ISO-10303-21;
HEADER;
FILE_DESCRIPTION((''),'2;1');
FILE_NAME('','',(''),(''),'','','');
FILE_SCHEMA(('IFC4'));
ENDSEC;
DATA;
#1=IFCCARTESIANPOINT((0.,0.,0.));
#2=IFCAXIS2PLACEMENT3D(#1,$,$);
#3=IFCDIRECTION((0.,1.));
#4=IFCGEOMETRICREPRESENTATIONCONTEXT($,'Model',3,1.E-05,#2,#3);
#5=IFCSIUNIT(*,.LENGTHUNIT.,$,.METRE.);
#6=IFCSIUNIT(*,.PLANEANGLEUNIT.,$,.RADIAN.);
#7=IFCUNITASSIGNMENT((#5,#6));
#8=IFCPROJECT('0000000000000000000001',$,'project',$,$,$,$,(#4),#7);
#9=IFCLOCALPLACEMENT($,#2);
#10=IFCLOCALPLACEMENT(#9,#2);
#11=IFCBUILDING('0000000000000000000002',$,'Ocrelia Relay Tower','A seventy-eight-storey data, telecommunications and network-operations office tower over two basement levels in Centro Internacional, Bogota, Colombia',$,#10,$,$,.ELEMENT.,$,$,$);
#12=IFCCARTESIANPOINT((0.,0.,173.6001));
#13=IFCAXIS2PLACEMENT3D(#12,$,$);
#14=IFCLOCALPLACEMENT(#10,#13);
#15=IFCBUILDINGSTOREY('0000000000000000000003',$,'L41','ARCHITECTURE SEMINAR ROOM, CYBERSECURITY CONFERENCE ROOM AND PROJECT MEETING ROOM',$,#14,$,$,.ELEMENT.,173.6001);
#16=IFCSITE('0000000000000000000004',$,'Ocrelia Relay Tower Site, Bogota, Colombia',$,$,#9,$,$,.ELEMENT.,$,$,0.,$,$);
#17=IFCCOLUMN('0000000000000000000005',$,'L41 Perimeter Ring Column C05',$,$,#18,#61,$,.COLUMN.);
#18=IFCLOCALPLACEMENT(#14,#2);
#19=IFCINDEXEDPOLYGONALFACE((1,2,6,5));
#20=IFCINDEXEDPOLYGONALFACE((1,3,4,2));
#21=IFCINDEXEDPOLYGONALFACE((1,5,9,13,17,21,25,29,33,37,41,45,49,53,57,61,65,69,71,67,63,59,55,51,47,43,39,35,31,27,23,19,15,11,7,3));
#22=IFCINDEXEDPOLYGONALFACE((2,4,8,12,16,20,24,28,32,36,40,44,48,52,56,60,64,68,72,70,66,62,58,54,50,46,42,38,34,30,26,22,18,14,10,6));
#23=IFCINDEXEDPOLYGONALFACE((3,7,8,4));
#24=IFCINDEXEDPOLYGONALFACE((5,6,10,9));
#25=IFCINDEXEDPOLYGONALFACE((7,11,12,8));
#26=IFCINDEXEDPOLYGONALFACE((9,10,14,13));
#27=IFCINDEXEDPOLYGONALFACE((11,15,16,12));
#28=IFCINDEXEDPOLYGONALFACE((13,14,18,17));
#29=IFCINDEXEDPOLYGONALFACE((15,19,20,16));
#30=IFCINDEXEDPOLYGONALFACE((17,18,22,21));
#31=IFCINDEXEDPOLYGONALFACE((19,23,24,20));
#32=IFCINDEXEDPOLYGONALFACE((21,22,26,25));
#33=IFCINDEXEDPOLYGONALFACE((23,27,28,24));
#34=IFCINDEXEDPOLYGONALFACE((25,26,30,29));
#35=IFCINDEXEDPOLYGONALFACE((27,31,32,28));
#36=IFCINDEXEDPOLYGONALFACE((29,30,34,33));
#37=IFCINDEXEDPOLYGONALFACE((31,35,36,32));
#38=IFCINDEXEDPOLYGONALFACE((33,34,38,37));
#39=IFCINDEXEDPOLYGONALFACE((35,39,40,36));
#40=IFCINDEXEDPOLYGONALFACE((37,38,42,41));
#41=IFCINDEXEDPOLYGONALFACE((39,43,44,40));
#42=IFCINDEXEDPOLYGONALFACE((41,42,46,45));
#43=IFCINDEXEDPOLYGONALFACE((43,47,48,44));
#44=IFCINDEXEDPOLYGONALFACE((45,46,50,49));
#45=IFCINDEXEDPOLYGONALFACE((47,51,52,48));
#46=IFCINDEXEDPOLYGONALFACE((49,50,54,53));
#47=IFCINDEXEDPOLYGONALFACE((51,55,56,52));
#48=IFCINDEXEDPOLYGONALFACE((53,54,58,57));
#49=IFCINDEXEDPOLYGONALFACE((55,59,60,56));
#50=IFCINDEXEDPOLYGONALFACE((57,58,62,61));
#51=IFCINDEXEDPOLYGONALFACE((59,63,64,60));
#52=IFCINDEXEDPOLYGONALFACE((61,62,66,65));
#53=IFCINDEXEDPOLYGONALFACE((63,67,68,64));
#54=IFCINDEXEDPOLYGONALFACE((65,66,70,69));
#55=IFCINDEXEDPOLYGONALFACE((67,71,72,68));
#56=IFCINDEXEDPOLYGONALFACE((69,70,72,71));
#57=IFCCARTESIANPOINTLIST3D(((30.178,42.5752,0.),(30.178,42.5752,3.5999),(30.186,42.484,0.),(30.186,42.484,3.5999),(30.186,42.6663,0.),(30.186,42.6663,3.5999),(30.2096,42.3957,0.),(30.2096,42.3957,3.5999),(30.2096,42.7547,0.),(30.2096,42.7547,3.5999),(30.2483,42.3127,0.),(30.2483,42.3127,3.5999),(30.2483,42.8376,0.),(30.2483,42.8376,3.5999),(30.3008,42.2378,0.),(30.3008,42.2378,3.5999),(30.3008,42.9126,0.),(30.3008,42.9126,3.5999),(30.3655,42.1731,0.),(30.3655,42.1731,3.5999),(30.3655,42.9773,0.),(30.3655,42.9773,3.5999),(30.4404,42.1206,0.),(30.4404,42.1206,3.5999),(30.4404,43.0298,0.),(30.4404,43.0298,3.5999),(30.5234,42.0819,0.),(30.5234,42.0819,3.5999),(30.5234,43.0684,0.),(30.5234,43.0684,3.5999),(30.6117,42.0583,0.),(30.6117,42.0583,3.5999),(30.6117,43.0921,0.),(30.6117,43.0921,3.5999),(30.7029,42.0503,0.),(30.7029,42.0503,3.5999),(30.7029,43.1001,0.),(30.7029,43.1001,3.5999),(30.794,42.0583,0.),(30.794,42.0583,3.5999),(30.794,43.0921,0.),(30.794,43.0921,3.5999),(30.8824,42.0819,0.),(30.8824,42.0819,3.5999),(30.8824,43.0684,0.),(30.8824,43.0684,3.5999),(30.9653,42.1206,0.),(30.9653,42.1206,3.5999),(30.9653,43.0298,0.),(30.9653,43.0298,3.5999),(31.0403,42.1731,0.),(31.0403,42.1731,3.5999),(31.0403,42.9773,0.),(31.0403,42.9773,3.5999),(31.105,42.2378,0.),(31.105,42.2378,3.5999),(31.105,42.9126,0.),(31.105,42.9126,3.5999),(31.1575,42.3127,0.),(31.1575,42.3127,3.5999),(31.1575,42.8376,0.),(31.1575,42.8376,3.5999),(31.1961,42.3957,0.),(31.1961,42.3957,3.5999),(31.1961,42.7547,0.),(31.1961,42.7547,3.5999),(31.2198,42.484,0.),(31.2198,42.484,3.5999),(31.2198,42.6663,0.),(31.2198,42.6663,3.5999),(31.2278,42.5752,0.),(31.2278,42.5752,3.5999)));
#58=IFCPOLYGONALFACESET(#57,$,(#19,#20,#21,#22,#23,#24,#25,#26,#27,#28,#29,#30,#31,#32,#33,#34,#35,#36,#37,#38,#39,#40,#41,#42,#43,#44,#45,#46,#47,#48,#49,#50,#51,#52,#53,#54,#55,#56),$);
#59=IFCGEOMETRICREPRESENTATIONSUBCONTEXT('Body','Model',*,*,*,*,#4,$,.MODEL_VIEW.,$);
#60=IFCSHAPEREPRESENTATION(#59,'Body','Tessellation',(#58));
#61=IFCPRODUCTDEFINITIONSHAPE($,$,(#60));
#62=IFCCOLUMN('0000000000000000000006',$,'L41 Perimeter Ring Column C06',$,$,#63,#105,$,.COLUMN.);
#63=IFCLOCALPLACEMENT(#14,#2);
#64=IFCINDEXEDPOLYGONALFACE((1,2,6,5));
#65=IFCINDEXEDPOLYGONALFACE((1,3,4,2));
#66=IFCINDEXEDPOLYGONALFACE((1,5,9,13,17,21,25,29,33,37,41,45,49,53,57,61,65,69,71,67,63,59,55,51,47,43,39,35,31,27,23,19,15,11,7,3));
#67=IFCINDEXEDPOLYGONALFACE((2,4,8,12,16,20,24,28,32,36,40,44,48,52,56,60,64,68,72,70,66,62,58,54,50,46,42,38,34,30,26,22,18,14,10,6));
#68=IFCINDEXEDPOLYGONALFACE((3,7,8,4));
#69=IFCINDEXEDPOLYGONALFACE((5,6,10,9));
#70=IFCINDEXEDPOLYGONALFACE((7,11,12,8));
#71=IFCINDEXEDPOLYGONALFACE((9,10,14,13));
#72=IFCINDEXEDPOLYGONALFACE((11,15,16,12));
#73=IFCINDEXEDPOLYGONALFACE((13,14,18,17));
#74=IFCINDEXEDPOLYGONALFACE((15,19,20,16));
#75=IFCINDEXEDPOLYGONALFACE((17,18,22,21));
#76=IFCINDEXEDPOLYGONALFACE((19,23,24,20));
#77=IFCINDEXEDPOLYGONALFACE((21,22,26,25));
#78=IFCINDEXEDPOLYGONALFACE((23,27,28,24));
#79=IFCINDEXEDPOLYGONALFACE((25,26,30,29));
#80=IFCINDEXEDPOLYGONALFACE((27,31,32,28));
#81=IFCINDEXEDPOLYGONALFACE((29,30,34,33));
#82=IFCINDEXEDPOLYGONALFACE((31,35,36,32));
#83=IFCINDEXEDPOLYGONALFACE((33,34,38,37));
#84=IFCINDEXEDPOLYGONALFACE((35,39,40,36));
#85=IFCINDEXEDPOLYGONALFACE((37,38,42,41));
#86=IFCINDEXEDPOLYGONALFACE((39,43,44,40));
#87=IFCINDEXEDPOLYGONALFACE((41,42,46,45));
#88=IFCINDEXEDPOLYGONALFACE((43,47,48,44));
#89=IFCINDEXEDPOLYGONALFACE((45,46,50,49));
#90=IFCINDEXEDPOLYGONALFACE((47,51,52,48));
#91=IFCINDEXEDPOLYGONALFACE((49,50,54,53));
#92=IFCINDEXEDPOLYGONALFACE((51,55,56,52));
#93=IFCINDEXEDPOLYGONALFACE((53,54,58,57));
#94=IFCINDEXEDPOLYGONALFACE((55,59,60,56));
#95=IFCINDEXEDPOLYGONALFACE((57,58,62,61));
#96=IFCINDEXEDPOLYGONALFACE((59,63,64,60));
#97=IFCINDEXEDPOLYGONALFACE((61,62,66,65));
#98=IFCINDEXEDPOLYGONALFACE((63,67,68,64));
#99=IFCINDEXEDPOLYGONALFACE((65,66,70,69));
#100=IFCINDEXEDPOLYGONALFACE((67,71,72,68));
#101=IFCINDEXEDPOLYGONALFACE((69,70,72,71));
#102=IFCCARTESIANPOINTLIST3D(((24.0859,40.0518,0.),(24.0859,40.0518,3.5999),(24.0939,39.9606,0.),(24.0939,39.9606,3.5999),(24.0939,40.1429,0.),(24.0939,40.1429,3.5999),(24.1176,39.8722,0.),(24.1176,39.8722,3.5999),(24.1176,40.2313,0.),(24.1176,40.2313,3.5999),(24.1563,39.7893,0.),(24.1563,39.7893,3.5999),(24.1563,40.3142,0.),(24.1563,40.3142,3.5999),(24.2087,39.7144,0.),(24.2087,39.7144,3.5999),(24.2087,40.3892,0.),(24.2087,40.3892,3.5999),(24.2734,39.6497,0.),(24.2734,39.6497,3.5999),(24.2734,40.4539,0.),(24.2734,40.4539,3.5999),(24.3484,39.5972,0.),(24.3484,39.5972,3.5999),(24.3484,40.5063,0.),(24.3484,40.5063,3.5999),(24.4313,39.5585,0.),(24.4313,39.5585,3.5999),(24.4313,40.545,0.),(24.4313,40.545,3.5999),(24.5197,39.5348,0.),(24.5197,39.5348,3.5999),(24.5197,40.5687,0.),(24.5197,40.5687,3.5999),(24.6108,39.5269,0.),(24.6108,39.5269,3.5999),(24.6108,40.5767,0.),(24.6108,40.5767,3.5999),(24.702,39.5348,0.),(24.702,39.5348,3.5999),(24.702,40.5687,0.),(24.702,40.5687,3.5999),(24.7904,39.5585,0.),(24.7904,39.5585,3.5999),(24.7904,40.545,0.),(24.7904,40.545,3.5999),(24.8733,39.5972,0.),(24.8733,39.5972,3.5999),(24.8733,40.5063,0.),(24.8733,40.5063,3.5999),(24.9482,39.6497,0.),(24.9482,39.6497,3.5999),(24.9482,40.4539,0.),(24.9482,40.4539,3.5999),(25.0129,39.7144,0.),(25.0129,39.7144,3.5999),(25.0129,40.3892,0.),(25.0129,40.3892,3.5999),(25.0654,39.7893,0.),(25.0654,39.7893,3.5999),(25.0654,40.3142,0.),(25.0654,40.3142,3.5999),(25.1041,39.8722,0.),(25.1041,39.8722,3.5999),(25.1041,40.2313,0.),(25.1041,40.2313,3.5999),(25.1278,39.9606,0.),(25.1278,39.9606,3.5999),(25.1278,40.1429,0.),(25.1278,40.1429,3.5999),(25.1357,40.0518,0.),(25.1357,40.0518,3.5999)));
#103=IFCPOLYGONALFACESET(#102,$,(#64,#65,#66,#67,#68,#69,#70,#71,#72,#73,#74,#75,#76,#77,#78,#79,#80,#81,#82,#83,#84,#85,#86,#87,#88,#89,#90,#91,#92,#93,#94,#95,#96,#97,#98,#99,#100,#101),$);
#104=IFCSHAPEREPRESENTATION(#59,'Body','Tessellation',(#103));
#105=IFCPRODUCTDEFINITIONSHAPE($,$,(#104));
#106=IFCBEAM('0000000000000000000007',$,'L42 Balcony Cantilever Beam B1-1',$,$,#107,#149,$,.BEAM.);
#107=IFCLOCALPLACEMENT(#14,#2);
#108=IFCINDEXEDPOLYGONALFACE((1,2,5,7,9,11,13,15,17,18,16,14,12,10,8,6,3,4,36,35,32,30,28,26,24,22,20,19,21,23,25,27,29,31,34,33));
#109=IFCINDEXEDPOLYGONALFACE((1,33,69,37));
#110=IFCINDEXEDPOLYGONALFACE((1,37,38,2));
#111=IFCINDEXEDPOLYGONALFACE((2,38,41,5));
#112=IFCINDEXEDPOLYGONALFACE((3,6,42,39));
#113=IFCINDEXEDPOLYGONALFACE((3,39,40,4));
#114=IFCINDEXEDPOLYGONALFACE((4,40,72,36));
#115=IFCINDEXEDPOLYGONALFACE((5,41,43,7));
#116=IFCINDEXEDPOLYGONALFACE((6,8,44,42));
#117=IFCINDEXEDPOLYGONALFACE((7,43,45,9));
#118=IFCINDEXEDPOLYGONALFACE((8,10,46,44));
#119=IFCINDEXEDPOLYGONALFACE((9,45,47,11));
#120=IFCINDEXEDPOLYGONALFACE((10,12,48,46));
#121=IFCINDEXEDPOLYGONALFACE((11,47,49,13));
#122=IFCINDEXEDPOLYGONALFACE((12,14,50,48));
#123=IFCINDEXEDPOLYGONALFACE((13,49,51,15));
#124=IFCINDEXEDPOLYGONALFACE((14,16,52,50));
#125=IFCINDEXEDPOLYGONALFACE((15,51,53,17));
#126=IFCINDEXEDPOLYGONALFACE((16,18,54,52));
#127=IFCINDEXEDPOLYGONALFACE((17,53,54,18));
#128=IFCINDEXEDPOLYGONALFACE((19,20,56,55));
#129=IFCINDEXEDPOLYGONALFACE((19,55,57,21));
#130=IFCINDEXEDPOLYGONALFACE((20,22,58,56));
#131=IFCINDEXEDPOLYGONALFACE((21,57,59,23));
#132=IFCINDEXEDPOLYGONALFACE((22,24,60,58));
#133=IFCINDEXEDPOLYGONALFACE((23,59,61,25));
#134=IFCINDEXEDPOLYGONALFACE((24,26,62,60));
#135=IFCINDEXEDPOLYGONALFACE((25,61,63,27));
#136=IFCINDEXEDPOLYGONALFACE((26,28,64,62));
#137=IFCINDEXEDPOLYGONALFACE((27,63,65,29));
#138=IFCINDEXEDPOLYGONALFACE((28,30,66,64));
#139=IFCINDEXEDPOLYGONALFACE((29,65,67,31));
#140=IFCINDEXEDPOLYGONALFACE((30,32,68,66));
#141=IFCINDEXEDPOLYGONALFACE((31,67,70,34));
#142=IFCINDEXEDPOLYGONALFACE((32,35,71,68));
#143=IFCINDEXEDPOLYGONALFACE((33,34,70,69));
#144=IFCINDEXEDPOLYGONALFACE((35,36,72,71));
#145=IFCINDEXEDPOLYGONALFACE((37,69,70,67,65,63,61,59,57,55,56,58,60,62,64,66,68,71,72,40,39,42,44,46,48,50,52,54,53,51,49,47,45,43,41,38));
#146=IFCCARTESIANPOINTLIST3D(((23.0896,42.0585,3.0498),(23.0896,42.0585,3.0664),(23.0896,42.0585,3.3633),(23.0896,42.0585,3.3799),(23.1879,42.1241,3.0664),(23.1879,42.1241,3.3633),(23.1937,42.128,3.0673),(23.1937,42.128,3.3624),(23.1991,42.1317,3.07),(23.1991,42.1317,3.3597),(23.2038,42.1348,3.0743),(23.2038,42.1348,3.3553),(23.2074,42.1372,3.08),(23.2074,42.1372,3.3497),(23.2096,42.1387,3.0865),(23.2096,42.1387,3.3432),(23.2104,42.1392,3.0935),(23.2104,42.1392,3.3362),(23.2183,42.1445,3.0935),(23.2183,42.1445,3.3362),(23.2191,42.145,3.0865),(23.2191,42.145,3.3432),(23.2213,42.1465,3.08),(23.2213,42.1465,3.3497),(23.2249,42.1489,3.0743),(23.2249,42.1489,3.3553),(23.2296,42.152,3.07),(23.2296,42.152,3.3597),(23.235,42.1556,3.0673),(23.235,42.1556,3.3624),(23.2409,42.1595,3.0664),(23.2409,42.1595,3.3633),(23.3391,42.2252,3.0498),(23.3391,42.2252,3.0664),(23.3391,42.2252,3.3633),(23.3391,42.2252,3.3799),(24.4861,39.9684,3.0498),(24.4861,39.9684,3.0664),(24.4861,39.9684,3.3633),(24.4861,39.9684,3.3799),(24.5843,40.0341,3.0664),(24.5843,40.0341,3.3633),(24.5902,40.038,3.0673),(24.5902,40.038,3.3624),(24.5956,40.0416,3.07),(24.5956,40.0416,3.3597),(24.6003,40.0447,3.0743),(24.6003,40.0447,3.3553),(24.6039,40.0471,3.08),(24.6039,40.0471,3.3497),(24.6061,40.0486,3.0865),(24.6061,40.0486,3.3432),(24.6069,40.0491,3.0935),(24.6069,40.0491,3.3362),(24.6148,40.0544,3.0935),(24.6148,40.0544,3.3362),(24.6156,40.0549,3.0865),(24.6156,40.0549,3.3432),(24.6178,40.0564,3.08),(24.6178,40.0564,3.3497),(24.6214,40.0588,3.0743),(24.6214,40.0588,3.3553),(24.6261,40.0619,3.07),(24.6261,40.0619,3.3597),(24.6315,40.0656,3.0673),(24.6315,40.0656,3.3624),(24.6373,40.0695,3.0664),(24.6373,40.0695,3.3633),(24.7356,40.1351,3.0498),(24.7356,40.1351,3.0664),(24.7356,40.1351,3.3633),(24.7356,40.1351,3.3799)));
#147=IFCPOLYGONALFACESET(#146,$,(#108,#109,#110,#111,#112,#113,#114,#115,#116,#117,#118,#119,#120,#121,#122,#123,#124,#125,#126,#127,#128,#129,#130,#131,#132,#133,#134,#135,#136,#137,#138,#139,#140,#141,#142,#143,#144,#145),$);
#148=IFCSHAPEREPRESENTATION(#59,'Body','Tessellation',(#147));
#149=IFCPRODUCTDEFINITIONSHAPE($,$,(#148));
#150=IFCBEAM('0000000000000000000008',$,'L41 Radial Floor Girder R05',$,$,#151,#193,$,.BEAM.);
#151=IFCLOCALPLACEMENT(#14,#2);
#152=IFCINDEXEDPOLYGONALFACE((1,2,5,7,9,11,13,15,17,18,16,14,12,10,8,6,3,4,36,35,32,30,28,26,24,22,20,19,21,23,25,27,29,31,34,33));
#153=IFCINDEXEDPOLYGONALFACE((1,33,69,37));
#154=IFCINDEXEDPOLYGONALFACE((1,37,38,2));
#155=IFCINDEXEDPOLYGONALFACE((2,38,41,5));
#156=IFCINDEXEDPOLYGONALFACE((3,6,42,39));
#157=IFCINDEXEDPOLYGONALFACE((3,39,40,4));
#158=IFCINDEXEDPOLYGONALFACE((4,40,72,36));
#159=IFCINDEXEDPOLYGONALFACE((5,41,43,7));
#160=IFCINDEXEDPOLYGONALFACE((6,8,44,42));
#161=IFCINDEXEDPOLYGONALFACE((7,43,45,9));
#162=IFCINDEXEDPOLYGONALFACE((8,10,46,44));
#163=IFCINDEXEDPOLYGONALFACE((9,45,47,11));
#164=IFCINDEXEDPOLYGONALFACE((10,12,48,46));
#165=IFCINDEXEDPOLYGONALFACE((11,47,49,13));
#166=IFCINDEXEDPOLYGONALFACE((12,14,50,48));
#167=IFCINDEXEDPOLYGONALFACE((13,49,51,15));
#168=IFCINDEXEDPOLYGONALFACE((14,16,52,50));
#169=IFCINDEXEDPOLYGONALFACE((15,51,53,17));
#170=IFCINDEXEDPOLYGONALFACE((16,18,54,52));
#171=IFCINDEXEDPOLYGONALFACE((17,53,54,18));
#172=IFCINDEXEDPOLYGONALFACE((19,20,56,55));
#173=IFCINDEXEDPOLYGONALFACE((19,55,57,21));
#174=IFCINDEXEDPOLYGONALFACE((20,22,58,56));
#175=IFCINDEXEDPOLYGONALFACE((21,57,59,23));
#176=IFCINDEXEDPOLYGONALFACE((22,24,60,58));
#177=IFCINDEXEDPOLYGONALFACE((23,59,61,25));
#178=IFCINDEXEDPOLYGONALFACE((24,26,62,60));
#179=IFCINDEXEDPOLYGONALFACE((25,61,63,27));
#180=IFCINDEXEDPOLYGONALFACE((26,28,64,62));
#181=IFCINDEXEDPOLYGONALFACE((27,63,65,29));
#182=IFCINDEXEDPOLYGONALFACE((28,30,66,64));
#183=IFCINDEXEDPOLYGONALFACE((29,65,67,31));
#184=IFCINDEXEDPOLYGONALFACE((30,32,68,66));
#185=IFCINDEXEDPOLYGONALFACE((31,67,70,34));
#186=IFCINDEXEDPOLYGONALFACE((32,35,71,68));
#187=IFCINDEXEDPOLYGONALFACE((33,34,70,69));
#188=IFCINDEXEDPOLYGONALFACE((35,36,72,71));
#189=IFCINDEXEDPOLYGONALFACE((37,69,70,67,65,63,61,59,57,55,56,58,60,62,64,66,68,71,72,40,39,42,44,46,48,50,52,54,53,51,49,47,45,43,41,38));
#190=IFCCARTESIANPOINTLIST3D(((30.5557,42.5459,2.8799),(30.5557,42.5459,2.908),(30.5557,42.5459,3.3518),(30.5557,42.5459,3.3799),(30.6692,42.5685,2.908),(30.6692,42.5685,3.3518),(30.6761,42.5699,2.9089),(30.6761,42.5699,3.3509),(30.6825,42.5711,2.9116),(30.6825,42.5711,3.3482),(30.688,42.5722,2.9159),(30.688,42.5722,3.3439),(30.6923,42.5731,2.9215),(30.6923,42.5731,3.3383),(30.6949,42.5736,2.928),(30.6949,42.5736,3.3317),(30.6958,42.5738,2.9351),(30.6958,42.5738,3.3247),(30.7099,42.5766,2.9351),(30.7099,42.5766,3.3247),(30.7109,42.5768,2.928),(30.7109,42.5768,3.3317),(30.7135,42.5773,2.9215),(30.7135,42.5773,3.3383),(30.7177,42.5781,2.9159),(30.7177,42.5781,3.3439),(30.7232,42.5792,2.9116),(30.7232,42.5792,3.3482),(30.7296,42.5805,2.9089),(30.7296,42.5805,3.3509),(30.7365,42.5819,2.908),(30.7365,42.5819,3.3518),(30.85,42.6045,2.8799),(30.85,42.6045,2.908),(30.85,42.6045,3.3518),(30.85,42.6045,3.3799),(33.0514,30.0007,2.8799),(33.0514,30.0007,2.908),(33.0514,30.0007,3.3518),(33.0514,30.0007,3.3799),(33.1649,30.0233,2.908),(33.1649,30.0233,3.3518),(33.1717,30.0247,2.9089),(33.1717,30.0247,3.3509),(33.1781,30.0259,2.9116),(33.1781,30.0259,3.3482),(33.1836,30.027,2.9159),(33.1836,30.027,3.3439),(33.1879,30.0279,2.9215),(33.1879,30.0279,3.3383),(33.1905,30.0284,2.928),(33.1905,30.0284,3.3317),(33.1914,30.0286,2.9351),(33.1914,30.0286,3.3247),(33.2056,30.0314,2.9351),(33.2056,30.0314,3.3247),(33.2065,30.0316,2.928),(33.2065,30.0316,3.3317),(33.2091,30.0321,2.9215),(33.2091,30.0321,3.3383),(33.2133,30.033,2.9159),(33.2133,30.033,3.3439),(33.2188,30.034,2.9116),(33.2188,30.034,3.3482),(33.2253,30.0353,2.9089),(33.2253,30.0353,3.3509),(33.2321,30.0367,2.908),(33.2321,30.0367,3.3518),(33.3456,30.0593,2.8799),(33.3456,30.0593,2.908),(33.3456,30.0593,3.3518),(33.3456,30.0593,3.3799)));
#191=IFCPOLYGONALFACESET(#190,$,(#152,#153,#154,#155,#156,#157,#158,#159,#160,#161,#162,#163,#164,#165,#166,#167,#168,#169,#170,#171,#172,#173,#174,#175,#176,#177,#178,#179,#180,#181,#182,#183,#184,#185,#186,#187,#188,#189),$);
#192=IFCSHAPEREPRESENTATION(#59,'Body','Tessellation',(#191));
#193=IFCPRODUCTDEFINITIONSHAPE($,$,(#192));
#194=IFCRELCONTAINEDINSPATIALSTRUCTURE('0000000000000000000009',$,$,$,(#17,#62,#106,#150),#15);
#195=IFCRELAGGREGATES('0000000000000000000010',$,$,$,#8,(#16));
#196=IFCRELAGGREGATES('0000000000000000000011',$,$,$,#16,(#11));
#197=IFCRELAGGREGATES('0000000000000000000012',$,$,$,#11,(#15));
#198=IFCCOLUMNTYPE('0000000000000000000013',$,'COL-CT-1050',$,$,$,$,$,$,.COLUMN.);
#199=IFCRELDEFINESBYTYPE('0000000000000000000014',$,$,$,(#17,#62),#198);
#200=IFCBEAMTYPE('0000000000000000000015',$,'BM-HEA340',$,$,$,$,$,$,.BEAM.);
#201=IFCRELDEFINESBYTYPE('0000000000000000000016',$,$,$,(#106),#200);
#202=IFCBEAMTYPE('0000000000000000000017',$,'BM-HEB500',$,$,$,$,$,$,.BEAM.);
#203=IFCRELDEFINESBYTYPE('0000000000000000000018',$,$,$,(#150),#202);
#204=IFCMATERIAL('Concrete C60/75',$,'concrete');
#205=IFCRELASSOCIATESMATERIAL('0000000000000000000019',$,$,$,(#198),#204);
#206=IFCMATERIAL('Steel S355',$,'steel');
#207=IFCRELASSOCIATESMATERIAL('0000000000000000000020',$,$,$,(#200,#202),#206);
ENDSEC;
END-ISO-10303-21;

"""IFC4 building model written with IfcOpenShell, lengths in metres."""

from ifc_helpers import new_model, si_unit, direction, frame, origin, origin_2d, place, context, subcontext, project, spatial, circle, i_section, extrude, material, material_profile, profile_set, type_object, element, save


model = new_model("IFC4")

# Units and contexts
model_context = context("Model", 3, precision=1e-05, world=origin(), true_north=direction((0.0, 1.0)))
body_context = subcontext(model_context, "Body", "Model", "MODEL_VIEW")
ifc_project = project(units=[si_unit("LENGTHUNIT", "METRE"), si_unit("PLANEANGLEUNIT", "RADIAN")], contexts=[model_context])

# Site, building, storey
site_placement = place(None, origin())
site = spatial("IfcSite", under=ifc_project, at=site_placement, Name="Ocrelia Relay Tower Site, Bogota, Colombia", CompositionType="ELEMENT", RefElevation=0.0)
building_placement = place(site_placement, origin())
building = spatial("IfcBuilding", under=site, at=building_placement, Name="Ocrelia Relay Tower", Description="A seventy-eight-storey data, telecommunications and network-operations office tower over two basement levels in Centro Internacional, Bogota, Colombia", CompositionType="ELEMENT")
storey_placement = place(building_placement, frame((0.0, 0.0, 173.6001)))
storey = spatial("IfcBuildingStorey", under=building, at=storey_placement, Name="L41", Description="ARCHITECTURE SEMINAR ROOM, CYBERSECURITY CONFERENCE ROOM AND PROJECT MEETING ROOM", CompositionType="ELEMENT", Elevation=173.6001)

# Columns
ifc_material_1 = material(Name="Concrete C60/75", Category="concrete")
ifc_material_profile_1 = material_profile(ifc_material_1, circle(Radius=0.5249, at=origin_2d()), Name="RC-CIR-1050")
ifc_profile_set_1 = profile_set([ifc_material_profile_1], Name="Concrete C60/75")
column_type = type_object("IfcColumnType", Name="COL-CT-1050", PredefinedType="COLUMN", material=ifc_profile_set_1)
for number, where, z_axis, x_axis, name in (
    (1, (30.7029, 42.5752, 0.0), (0.0, 0.0, 1.0), (1.0, 0.0, 0.0), "L41 Perimeter Ring Column C05"),
    (2, (24.6108, 40.0518, 0.0), (0.0, 0.0, 1.0), (1.0, 0.0, 0.0), "L41 Perimeter Ring Column C06"),
):
    element("IfcColumn", number, at=place(storey_placement, frame(where, z_axis=z_axis, x_axis=x_axis)), inside=storey, type_object=column_type, Name=name, PredefinedType="COLUMN", context=body_context, shape_type="SweptSolid", body=[
        extrude(circle(Radius=0.5249, at=origin_2d()), origin(), (0.0, 0.0, 1.0), 3.5999),
    ])

# Beams
ifc_material_2 = material(Name="Steel S355", Category="steel")
ifc_material_profile_2 = material_profile(ifc_material_2, i_section(OverallWidth=0.3, OverallDepth=0.3301, WebThickness=0.0095, FlangeThickness=0.0166, FilletRadius=0.0271, at=origin_2d()), Name="HEA 340")
ifc_profile_set_2 = profile_set([ifc_material_profile_2], Name="Steel S355")
beam_type_1 = type_object("IfcBeamType", Name="BM-HEA340", PredefinedType="BEAM", material=ifc_profile_set_2)
beam_1_placement = place(storey_placement, frame((24.6108, 40.0518, 3.2148), z_axis=(-0.555552, 0.831482, 0.0), x_axis=(-0.831482, -0.555552, 0.0)))
element("IfcBeam", 3, at=beam_1_placement, inside=storey, type_object=beam_type_1, Name="L42 Balcony Cantilever Beam B1-1", PredefinedType="BEAM", context=body_context, shape_type="SweptSolid", body=[
    extrude(i_section(OverallWidth=0.3, OverallDepth=0.3301, WebThickness=0.0095, FlangeThickness=0.0166, FilletRadius=0.0271, at=origin_2d()), origin(), (0.0, 0.0, 1.0), 2.5137),
])
ifc_material_profile_3 = material_profile(ifc_material_2, i_section(OverallWidth=0.3, OverallDepth=0.5, WebThickness=0.0144, FlangeThickness=0.0281, FilletRadius=0.0271, at=origin_2d()), Name="HEB 500")
ifc_profile_set_3 = profile_set([ifc_material_profile_3], Name="Steel S355")
beam_type_2 = type_object("IfcBeamType", Name="BM-HEB500", PredefinedType="BEAM", material=ifc_profile_set_3)
beam_2_placement = place(storey_placement, frame((30.7029, 42.5752, 3.1299), z_axis=(0.195107, -0.980782, 0.0), x_axis=(0.980782, 0.195107, 0.0)))
element("IfcBeam", 4, at=beam_2_placement, inside=storey, type_object=beam_type_2, Name="L41 Radial Floor Girder R05", PredefinedType="BEAM", context=body_context, shape_type="SweptSolid", body=[
    extrude(i_section(OverallWidth=0.3, OverallDepth=0.5, WebThickness=0.0144, FlangeThickness=0.0281, FilletRadius=0.0271, at=origin_2d()), origin(), (0.0, 0.0, 1.0), 12.791),
])

save(model, "model.ifc")
